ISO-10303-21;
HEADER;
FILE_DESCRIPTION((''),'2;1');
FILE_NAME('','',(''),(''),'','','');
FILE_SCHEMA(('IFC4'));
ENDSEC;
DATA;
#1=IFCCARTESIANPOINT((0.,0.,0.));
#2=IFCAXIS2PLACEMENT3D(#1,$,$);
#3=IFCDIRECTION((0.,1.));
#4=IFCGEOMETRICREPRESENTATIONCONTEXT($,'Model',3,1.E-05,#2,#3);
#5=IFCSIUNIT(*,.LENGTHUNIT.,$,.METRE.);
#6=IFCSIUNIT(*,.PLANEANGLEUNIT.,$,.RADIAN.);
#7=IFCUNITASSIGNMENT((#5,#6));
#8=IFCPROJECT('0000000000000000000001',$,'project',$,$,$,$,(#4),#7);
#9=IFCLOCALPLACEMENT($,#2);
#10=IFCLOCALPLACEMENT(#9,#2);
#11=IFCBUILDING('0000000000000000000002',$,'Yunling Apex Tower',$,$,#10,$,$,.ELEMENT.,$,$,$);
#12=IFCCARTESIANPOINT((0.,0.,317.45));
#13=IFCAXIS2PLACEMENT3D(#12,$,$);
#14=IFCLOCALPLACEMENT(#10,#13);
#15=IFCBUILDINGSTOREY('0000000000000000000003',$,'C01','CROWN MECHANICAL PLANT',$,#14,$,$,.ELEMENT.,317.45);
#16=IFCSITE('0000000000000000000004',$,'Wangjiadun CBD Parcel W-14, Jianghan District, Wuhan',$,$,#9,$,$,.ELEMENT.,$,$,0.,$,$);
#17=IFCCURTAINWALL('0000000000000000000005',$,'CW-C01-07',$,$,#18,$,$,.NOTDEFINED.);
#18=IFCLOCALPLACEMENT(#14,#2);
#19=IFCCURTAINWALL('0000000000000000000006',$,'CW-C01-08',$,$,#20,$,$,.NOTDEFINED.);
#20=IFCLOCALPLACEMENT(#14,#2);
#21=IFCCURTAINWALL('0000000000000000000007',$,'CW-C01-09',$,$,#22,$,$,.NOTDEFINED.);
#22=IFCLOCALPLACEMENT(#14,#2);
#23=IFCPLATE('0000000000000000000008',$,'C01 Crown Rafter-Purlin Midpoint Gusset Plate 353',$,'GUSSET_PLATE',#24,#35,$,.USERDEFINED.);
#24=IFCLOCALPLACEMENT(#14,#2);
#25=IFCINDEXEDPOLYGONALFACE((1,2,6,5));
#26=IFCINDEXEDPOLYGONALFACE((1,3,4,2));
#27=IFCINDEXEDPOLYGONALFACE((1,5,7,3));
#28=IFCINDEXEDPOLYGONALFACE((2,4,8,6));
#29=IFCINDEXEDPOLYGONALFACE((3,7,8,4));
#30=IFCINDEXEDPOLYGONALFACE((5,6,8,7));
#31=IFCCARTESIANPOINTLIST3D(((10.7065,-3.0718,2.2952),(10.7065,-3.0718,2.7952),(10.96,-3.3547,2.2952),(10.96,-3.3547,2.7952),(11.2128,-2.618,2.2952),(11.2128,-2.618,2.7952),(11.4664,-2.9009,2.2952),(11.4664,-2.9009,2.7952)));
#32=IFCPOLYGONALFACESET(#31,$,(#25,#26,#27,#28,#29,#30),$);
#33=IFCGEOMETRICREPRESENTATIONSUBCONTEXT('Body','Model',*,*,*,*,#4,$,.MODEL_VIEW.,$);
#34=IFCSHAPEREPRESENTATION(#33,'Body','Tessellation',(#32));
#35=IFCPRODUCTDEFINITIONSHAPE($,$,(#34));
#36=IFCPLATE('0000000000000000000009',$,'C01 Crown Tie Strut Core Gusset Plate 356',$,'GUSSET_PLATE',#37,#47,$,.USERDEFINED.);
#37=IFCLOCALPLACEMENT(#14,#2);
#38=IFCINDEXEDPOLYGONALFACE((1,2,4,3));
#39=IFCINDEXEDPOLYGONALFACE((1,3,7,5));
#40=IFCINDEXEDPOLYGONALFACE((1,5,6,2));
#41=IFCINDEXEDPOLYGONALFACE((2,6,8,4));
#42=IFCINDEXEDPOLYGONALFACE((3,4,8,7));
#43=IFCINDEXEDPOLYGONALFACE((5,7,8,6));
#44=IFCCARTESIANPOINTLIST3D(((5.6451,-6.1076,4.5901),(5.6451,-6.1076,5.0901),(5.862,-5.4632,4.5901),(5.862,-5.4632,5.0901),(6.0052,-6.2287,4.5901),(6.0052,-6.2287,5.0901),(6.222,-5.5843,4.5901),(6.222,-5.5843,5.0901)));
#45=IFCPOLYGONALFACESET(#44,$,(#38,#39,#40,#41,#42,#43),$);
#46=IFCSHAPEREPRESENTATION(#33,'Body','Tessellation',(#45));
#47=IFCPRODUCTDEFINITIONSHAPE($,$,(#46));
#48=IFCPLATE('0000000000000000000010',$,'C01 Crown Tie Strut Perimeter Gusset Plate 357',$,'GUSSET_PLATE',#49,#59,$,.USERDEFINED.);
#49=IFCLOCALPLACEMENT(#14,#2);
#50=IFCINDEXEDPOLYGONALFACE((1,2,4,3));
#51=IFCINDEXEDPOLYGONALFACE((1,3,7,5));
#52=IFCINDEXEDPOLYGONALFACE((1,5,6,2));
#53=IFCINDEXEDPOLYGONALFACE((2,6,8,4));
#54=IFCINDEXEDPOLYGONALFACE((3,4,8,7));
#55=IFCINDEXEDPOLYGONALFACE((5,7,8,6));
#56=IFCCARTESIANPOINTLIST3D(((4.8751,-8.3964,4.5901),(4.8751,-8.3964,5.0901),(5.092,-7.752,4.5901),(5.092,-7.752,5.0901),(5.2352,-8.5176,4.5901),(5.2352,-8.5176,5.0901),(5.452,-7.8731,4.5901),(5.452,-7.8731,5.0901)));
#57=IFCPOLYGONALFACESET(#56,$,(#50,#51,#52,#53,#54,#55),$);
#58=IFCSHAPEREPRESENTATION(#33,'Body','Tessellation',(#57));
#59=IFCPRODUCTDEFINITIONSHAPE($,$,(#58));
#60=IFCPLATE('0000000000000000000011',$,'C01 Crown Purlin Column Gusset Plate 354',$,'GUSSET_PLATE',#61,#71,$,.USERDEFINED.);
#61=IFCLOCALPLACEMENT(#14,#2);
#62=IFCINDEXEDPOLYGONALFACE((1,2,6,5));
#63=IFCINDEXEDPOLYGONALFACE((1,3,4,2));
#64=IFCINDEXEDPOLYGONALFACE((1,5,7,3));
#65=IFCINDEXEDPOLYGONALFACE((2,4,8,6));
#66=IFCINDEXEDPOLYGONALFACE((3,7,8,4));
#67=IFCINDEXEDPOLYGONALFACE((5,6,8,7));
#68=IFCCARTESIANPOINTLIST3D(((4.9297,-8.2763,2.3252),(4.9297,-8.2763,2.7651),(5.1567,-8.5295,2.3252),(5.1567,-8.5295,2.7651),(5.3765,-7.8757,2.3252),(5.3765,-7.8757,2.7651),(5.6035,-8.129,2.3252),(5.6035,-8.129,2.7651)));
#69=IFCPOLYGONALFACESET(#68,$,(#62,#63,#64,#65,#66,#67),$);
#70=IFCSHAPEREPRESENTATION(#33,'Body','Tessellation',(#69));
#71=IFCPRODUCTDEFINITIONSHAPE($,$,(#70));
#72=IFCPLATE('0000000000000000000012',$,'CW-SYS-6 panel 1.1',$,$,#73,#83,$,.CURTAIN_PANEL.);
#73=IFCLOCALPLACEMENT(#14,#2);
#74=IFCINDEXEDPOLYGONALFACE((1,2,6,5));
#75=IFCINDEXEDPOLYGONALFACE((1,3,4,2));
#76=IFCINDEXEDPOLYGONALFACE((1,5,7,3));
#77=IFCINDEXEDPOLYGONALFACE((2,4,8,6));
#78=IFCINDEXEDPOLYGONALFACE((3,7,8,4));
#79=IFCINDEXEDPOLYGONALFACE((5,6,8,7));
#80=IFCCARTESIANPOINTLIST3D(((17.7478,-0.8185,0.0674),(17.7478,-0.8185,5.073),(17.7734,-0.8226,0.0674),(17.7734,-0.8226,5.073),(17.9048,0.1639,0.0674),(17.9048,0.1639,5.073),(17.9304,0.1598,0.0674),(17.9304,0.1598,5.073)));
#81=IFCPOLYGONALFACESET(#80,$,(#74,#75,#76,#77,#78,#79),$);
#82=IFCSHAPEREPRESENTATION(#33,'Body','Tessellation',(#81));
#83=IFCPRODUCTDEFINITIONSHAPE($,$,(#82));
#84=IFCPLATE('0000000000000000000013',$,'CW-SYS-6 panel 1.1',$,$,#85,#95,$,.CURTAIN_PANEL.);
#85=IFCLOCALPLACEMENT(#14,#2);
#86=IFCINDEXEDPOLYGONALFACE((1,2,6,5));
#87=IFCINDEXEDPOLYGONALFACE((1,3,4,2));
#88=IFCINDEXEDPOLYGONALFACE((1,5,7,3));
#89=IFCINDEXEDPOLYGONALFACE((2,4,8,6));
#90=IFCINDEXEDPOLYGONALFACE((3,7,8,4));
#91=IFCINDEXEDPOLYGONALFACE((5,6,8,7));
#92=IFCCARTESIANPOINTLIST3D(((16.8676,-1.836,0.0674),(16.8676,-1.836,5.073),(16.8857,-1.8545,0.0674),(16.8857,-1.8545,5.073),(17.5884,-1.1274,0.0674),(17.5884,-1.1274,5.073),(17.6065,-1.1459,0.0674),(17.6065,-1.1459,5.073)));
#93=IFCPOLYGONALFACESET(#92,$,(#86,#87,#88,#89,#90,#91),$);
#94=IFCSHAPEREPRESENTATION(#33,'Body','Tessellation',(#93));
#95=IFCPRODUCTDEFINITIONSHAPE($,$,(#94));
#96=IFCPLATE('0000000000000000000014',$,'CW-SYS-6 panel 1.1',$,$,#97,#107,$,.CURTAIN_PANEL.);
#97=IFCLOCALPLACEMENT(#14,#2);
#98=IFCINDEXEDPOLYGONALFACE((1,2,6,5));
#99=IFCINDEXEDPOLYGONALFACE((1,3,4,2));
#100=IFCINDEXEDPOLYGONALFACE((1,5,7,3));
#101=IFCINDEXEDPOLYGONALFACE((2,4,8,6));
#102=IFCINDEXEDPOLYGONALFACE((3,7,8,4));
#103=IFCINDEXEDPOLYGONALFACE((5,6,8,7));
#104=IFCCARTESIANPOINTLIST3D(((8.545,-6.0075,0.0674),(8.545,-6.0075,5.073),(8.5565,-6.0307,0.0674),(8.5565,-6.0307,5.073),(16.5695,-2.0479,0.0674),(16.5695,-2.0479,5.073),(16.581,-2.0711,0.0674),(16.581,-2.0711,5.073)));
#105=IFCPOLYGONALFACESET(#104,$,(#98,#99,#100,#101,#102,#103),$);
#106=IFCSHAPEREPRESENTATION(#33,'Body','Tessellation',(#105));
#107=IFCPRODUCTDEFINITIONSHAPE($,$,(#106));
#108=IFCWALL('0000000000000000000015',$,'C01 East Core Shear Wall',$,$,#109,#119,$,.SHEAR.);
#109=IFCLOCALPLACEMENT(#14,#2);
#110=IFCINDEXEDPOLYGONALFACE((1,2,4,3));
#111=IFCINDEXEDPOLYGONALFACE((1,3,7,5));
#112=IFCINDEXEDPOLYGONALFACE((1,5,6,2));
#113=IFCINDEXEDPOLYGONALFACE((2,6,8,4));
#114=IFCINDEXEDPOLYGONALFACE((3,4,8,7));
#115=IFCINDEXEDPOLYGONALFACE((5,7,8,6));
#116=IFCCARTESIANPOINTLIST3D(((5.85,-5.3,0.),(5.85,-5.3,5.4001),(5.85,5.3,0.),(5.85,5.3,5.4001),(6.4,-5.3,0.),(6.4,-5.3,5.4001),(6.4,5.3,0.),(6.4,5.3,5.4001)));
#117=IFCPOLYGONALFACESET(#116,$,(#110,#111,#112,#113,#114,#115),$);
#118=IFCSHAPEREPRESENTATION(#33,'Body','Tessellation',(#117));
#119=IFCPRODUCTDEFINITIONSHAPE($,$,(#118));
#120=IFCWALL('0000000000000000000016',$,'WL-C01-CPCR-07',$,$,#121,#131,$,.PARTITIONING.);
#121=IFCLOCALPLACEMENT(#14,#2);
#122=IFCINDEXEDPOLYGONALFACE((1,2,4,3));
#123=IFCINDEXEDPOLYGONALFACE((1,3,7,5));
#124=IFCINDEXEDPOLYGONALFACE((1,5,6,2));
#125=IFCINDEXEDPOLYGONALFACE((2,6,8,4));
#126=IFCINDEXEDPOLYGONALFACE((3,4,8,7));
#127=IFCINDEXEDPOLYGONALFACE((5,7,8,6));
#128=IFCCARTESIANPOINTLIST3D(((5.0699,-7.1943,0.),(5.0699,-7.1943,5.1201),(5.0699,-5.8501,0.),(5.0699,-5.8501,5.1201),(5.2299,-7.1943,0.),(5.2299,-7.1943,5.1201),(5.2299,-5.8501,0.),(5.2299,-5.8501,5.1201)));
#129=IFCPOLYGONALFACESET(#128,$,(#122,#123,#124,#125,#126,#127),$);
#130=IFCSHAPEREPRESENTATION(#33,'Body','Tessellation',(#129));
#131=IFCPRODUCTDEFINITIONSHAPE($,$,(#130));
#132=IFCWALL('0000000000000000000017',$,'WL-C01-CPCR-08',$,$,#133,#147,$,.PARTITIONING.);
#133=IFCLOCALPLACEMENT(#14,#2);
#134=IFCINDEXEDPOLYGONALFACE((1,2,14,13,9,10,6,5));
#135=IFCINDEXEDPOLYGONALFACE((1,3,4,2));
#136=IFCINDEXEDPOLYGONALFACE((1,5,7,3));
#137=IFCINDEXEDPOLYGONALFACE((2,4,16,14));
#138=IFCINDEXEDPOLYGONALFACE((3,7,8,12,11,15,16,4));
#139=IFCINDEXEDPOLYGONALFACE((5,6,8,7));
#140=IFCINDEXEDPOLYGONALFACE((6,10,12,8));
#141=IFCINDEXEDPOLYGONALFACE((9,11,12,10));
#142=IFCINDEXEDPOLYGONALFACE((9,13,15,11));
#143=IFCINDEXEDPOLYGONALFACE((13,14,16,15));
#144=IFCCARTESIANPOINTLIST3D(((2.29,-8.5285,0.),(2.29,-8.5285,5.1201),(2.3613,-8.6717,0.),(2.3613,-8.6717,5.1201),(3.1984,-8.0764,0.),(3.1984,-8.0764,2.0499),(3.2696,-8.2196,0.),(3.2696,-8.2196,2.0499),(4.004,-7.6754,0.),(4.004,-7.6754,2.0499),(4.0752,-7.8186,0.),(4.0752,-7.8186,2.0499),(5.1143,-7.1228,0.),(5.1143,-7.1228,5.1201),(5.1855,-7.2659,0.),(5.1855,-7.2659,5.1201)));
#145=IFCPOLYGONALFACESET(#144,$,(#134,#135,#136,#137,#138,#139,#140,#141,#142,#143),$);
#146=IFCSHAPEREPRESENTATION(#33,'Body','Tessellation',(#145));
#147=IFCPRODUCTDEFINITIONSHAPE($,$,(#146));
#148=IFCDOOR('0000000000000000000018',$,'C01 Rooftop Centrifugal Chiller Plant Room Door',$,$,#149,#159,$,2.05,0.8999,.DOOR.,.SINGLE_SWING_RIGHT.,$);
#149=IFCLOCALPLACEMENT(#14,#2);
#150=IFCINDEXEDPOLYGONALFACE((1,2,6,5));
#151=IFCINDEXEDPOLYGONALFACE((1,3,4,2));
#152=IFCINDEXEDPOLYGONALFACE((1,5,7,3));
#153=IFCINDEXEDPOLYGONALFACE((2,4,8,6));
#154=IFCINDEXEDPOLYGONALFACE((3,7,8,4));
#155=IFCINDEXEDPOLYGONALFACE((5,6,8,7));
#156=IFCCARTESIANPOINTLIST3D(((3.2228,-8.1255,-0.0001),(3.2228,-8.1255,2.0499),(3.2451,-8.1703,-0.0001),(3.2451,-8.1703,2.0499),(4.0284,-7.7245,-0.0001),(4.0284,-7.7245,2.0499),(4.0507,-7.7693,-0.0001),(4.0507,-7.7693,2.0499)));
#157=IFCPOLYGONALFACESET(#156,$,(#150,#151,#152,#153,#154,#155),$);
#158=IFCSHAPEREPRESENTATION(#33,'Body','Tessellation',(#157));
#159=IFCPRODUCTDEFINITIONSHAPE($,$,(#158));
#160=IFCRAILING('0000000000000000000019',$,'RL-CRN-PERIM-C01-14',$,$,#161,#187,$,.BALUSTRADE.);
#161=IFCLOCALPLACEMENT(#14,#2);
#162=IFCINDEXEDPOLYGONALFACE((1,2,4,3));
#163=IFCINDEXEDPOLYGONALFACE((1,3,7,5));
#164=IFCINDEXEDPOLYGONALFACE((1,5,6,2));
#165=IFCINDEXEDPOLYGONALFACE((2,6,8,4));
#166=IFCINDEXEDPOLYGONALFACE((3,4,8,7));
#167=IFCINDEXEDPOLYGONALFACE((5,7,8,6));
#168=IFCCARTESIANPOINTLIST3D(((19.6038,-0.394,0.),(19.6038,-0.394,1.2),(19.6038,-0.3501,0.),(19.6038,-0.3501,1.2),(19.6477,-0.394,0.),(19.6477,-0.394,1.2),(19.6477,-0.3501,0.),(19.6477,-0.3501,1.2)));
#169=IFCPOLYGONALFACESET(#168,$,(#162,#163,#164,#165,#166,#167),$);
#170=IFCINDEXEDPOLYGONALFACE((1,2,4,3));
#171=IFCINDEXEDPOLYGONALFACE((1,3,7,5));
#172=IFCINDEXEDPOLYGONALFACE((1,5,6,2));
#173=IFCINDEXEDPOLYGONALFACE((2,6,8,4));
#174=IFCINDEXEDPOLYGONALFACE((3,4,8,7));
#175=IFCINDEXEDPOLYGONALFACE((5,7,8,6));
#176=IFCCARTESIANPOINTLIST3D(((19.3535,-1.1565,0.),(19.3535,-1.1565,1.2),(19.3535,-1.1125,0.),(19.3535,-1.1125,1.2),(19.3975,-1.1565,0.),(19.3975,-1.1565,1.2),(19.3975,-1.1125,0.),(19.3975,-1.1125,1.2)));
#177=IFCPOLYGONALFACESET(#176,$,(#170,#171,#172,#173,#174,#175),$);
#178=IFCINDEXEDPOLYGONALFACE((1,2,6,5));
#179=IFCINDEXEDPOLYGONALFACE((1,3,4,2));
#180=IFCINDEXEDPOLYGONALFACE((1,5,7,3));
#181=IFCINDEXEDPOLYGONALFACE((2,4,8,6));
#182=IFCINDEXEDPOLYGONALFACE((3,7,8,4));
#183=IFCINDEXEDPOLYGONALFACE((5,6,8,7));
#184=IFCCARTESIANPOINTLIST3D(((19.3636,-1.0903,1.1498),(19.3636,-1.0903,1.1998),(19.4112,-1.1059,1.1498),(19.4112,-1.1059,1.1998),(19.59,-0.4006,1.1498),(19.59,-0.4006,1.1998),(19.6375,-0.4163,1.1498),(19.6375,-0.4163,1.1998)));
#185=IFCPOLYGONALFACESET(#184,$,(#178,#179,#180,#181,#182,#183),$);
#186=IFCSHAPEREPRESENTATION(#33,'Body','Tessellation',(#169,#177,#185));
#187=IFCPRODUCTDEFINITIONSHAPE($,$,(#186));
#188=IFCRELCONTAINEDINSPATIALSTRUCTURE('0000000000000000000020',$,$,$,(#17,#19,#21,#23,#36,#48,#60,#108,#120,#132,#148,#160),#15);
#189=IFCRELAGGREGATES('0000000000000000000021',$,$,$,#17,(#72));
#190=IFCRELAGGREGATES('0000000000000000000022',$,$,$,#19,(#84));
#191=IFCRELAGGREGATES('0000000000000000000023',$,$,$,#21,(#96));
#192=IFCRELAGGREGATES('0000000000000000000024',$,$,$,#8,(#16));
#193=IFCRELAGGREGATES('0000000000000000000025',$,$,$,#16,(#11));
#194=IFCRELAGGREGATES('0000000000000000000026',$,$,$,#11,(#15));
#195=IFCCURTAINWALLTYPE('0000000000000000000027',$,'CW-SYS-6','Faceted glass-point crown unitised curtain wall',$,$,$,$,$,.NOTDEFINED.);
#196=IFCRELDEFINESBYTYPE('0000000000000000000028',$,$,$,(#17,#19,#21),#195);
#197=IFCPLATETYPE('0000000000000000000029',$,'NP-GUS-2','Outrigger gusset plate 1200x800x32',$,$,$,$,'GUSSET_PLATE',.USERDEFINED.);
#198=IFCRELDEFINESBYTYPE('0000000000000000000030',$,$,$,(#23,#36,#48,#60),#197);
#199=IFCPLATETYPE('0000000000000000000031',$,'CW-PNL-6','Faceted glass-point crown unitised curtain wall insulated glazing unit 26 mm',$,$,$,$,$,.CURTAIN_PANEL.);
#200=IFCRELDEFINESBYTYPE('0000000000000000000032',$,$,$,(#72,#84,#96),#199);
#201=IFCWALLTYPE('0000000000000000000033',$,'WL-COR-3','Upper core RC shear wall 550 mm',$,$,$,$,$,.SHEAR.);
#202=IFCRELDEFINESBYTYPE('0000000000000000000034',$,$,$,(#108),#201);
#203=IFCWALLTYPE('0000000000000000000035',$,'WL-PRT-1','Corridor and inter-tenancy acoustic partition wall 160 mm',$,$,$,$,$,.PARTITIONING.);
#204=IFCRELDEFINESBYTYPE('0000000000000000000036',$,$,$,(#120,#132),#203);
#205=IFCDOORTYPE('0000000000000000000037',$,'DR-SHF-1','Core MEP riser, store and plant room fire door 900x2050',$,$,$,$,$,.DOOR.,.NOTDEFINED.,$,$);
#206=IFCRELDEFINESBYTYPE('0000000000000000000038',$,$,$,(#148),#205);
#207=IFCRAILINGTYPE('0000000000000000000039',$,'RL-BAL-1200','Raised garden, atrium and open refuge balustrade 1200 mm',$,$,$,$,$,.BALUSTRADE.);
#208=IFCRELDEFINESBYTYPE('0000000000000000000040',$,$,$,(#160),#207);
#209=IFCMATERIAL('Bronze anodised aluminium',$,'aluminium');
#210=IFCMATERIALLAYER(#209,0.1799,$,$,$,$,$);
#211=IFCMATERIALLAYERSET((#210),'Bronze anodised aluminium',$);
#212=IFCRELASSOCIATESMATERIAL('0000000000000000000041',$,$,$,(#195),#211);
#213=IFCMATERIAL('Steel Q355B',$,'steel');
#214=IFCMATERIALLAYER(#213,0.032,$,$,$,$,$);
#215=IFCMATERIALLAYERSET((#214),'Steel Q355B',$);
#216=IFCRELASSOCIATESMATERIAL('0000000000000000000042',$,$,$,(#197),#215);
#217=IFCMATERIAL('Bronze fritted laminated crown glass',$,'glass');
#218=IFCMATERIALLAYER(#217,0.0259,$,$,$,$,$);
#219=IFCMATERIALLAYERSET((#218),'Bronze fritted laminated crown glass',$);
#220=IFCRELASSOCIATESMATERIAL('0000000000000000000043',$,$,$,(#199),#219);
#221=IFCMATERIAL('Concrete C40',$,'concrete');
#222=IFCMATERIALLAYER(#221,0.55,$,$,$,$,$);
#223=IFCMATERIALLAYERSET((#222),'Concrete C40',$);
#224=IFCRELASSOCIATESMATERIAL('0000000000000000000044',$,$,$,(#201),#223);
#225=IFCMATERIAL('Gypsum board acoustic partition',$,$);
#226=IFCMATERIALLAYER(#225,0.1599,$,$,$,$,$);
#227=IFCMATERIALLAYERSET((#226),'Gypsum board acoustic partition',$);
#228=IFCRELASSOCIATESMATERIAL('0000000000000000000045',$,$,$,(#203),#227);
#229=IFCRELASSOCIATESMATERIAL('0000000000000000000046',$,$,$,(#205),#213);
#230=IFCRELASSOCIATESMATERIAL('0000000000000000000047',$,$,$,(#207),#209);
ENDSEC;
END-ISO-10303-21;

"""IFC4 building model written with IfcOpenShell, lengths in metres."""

from ifc_helpers import new_model, si_unit, direction, frame, frame_2d, origin, origin_2d, place, context, subcontext, project, spatial, rectangle, extrude, source, transform, mapped, material, layer, layer_set, type_object, element, fill, aggregate, save


model = new_model("IFC4")

# Units and contexts
model_context = context("Model", 3, precision=1e-05, world=origin(), true_north=direction((0.0, 1.0)))
body_context = subcontext(model_context, "Body", "Model", "MODEL_VIEW")
ifc_project = project(units=[si_unit("LENGTHUNIT", "METRE"), si_unit("PLANEANGLEUNIT", "RADIAN")], contexts=[model_context])

# Site, building, storey
site_placement = place(None, origin())
site = spatial("IfcSite", under=ifc_project, at=site_placement, Name="Wangjiadun CBD Parcel W-14, Jianghan District, Wuhan", CompositionType="ELEMENT", RefElevation=0.0)
building_placement = place(site_placement, origin())
building = spatial("IfcBuilding", under=site, at=building_placement, Name="Yunling Apex Tower", CompositionType="ELEMENT")
storey_placement = place(building_placement, frame((0.0, 0.0, 317.45)))
storey = spatial("IfcBuildingStorey", under=building, at=storey_placement, Name="C01", Description="CROWN MECHANICAL PLANT", CompositionType="ELEMENT", Elevation=317.45)

# Shared definitions
ifc_material_1 = material(Name="Steel Q355B", Category="steel")

# Curtain wall
ifc_material_2 = material(Name="Bronze anodised aluminium", Category="aluminium")
ifc_layer_1 = layer(ifc_material_2, 0.1799)
ifc_layer_set_1 = layer_set([ifc_layer_1], Name="Bronze anodised aluminium")
curtain_wall_type = type_object("IfcCurtainWallType", Name="CW-SYS-6", Description="Faceted glass-point crown unitised curtain wall", PredefinedType="NOTDEFINED", material=ifc_layer_set_1)
curtain_wall_1_placement = place(storey_placement, origin())
curtain_wall_1 = element("IfcCurtainWall", 1, at=curtain_wall_1_placement, inside=storey, type_object=curtain_wall_type, Name="CW-C01-07", PredefinedType="NOTDEFINED")

# Curtain walls
curtain_wall_2_placement = place(storey_placement, origin())
curtain_wall_2 = element("IfcCurtainWall", 2, at=curtain_wall_2_placement, inside=storey, type_object=curtain_wall_type, Name="CW-C01-08", PredefinedType="NOTDEFINED")
curtain_wall_3_placement = place(storey_placement, origin())
curtain_wall_3 = element("IfcCurtainWall", 3, at=curtain_wall_3_placement, inside=storey, type_object=curtain_wall_type, Name="CW-C01-09", PredefinedType="NOTDEFINED")

# Plates
ifc_layer_2 = layer(ifc_material_1, 0.032)
ifc_layer_set_2 = layer_set([ifc_layer_2], Name="Steel Q355B")
plate_type_1 = type_object("IfcPlateType", Name="NP-GUS-2", Description="Outrigger gusset plate 1200x800x32", ElementType="GUSSET_PLATE", PredefinedType="USERDEFINED", material=ifc_layer_set_2)
shared_shape_1 = source(origin(), body_context, "Body", "SweptSolid", [
    extrude(rectangle(XDim=0.6799, YDim=0.3799, at=origin_2d()), origin(), (0.0, 0.0, 1.0), 0.5),
])
for number, where, z_axis, x_axis, name in (
    (4, (11.0864, -2.9863, 2.2952), (0.0, 0.0, 1.0), (0.744661, 0.667443, 0.0), "C01 Crown Rafter-Purlin Midpoint Gusset Plate 353"),
    (5, (5.9336, -5.8459, 4.5901), (0.0, 0.0, 1.0), (-0.318959, -0.947768, 0.0), "C01 Crown Tie Strut Core Gusset Plate 356"),
    (6, (5.1636, -8.1348, 4.5901), (0.0, 0.0, 1.0), (-0.318959, -0.947768, 0.0), "C01 Crown Tie Strut Perimeter Gusset Plate 357"),
):
    element("IfcPlate", number, at=place(storey_placement, frame(where, z_axis=z_axis, x_axis=x_axis)), inside=storey, type_object=plate_type_1, Name=name, ObjectType="GUSSET_PLATE", PredefinedType="USERDEFINED", context=body_context, shape_type="MappedRepresentation", body=[
        mapped(shared_shape_1, transform((0.0, 0.0, 0.0), scale=1.0)),
    ])
shared_shape_2 = source(origin(), body_context, "Body", "SweptSolid", [
    extrude(rectangle(XDim=0.6001, YDim=0.3401, at=origin_2d()), origin(), (0.0, 0.0, 1.0), 0.4399),
])
plate_1_placement = place(storey_placement, frame((5.2666, -8.2026, 2.3252), z_axis=(0.0, 0.0, 1.0), x_axis=(0.744661, 0.667443, 0.0)))
element("IfcPlate", 7, at=plate_1_placement, inside=storey, type_object=plate_type_1, Name="C01 Crown Purlin Column Gusset Plate 354", ObjectType="GUSSET_PLATE", PredefinedType="USERDEFINED", context=body_context, shape_type="MappedRepresentation", body=[
    mapped(shared_shape_2, transform((0.0, 0.0, 0.0), scale=1.0)),
])

# Plates
ifc_material_3 = material(Name="Bronze fritted laminated crown glass", Category="glass")
ifc_layer_3 = layer(ifc_material_3, 0.0259)
ifc_layer_set_3 = layer_set([ifc_layer_3], Name="Bronze fritted laminated crown glass")
plate_type_2 = type_object("IfcPlateType", Name="CW-PNL-6", Description="Faceted glass-point crown unitised curtain wall insulated glazing unit 26 mm", PredefinedType="CURTAIN_PANEL", material=ifc_layer_set_3)
shared_shape_3 = source(origin(), body_context, "Body", "SweptSolid", [
    extrude(rectangle(XDim=0.9949, YDim=0.0259, at=origin_2d()), origin(), (0.0, 0.0, 1.0), 5.0056),
])
plate_2_placement = place(storey_placement, frame((17.8391, -0.3293, 0.0674), z_axis=(0.0, 0.0, 1.0), x_axis=(-0.15779, -0.987473, 0.0)))
plate_2 = element("IfcPlate", 8, at=plate_2_placement, type_object=plate_type_2, Name="CW-SYS-6 panel 1.1", PredefinedType="CURTAIN_PANEL", context=body_context, shape_type="MappedRepresentation", body=[
    mapped(shared_shape_3, transform((0.0, 0.0, 0.0), scale=1.0)),
])
aggregate(curtain_wall_1, [plate_2])
shared_shape_4 = source(origin(), body_context, "Body", "SweptSolid", [
    extrude(rectangle(XDim=1.0107, YDim=0.0259, at=origin_2d()), origin(), (0.0, 0.0, 1.0), 5.0056),
])
plate_3_placement = place(storey_placement, frame((17.2371, -1.491, 0.0674), z_axis=(0.0, 0.0, 1.0), x_axis=(-0.713106, -0.701056, 0.0)))
plate_3 = element("IfcPlate", 9, at=plate_3_placement, type_object=plate_type_2, Name="CW-SYS-6 panel 1.1", PredefinedType="CURTAIN_PANEL", context=body_context, shape_type="MappedRepresentation", body=[
    mapped(shared_shape_4, transform((0.0, 0.0, 0.0), scale=1.0)),
])
aggregate(curtain_wall_2, [plate_3])
shared_shape_5 = source(origin(), body_context, "Body", "SweptSolid", [
    extrude(rectangle(XDim=8.9482, YDim=0.0259, at=origin_2d()), origin(), (0.0, 0.0, 1.0), 5.0056),
])
plate_4_placement = place(storey_placement, frame((12.563, -4.0393, 0.0674), z_axis=(0.0, 0.0, 1.0), x_axis=(-0.89677, -0.442496, 0.0)))
plate_4 = element("IfcPlate", 10, at=plate_4_placement, type_object=plate_type_2, Name="CW-SYS-6 panel 1.1", PredefinedType="CURTAIN_PANEL", context=body_context, shape_type="MappedRepresentation", body=[
    mapped(shared_shape_5, transform((0.0, 0.0, 0.0), scale=1.0)),
])
aggregate(curtain_wall_3, [plate_4])

# Walls
ifc_material_4 = material(Name="Concrete C40", Category="concrete")
ifc_layer_4 = layer(ifc_material_4, 0.55)
ifc_layer_set_4 = layer_set([ifc_layer_4], Name="Concrete C40")
wall_type_1 = type_object("IfcWallType", Name="WL-COR-3", Description="Upper core RC shear wall 550 mm", PredefinedType="SHEAR", material=ifc_layer_set_4)
wall_1_placement = place(storey_placement, frame((6.125, -5.3, 0.0), z_axis=(0.0, 0.0, 1.0), x_axis=(0.0, 1.0, 0.0)))
element("IfcWall", 11, at=wall_1_placement, inside=storey, type_object=wall_type_1, Name="C01 East Core Shear Wall", PredefinedType="SHEAR", context=body_context, shape_type="SweptSolid", body=[
    extrude(rectangle(XDim=10.6001, YDim=0.55, at=frame_2d((5.3, 0.0))), origin(), (0.0, 0.0, 1.0), 5.4001),
])
ifc_material_5 = material(Name="Gypsum board acoustic partition")
ifc_layer_5 = layer(ifc_material_5, 0.1599)
ifc_layer_set_5 = layer_set([ifc_layer_5], Name="Gypsum board acoustic partition")
wall_type_2 = type_object("IfcWallType", Name="WL-PRT-1", Description="Corridor and inter-tenancy acoustic partition wall 160 mm", PredefinedType="PARTITIONING", material=ifc_layer_set_5)
wall_2_placement = place(storey_placement, frame((5.1499, -5.8501, 0.0), z_axis=(0.0, 0.0, 1.0), x_axis=(0.0, -1.0, 0.0)))
element("IfcWall", 12, at=wall_2_placement, inside=storey, type_object=wall_type_2, Name="WL-C01-CPCR-07", PredefinedType="PARTITIONING", context=body_context, shape_type="SweptSolid", body=[
    extrude(rectangle(XDim=1.3442, YDim=0.1599, at=frame_2d((0.6721, 0.0))), origin(), (0.0, 0.0, 1.0), 5.1201),
])

# Wall, opening, door
wall_3_placement = place(storey_placement, frame((5.1499, -7.1943, 0.0), z_axis=(0.0, 0.0, 1.0), x_axis=(-0.895231, -0.445603, 0.0)))
wall_3 = element("IfcWall", 13, at=wall_3_placement, inside=storey, type_object=wall_type_2, Name="WL-C01-CPCR-08", PredefinedType="PARTITIONING", context=body_context, shape_type="SweptSolid", body=[
    extrude(rectangle(XDim=3.1548, YDim=0.1599, at=frame_2d((1.5774, 0.0))), origin(), (0.0, 0.0, 1.0), 5.1201),
])
opening_placement = place(wall_3_placement, frame((1.2402, 0.0, 0.0)))
opening = element("IfcOpeningElement", 14, at=opening_placement, cuts=wall_3, PredefinedType="OPENING", context=body_context, shape_type="SweptSolid", body=[
    extrude(rectangle(XDim=0.8999, YDim=2.05, at=frame_2d((0.45, 1.0249))), frame((0.0, 0.0898, 0.0), z_axis=(0.0, -1.0, 0.0), x_axis=(1.0, 0.0, 0.0)), (0.0, 0.0, 1.0), 0.1799),
])
door_type = type_object("IfcDoorType", Name="DR-SHF-1", Description="Core MEP riser, store and plant room fire door 900x2050", OperationType="NOTDEFINED", PredefinedType="DOOR", material=ifc_material_1)
door_placement = place(opening_placement, origin())
door = element("IfcDoor", 15, at=door_placement, inside=storey, type_object=door_type, Name="C01 Rooftop Centrifugal Chiller Plant Room Door", OperationType="SINGLE_SWING_RIGHT", OverallHeight=2.05, OverallWidth=0.8999, PredefinedType="DOOR", context=body_context, shape_type="SweptSolid", body=[
    extrude(rectangle(XDim=0.8999, YDim=2.05, at=frame_2d((0.45, 1.0249))), frame((0.0, 0.0249, 0.0), z_axis=(0.0, -1.0, 0.0), x_axis=(1.0, 0.0, 0.0)), (0.0, 0.0, 1.0), 0.05),
])
fill(opening, door)

# Railing
railing_type = type_object("IfcRailingType", Name="RL-BAL-1200", Description="Raised garden, atrium and open refuge balustrade 1200 mm", PredefinedType="BALUSTRADE", material=ifc_material_2)
railing_1_placement = place(storey_placement, frame((19.6257, -0.3721, 0.0)))
element("IfcRailing", 16, at=railing_1_placement, inside=storey, type_object=railing_type, Name="RL-CRN-PERIM-C01-14", PredefinedType="BALUSTRADE", context=body_context, shape_type="SweptSolid", body=[
    extrude(rectangle(XDim=0.0439, YDim=0.0439, at=origin_2d()), origin(), (0.0, 0.0, 1.0), 1.2),
    extrude(rectangle(XDim=0.0439, YDim=0.0439, at=origin_2d()), frame((-0.2502, -0.7625, 0.0)), (0.0, 0.0, 1.0), 1.2),
    extrude(rectangle(XDim=0.05, YDim=0.05, at=origin_2d()), frame((-0.012, -0.0364, 1.1748), z_axis=(-0.311843, -0.950134, 0.0), x_axis=(0.950134, -0.311843, 0.0)), (0.0, 0.0, 1.0), 0.7258),
])

save(model, "model.ifc")
